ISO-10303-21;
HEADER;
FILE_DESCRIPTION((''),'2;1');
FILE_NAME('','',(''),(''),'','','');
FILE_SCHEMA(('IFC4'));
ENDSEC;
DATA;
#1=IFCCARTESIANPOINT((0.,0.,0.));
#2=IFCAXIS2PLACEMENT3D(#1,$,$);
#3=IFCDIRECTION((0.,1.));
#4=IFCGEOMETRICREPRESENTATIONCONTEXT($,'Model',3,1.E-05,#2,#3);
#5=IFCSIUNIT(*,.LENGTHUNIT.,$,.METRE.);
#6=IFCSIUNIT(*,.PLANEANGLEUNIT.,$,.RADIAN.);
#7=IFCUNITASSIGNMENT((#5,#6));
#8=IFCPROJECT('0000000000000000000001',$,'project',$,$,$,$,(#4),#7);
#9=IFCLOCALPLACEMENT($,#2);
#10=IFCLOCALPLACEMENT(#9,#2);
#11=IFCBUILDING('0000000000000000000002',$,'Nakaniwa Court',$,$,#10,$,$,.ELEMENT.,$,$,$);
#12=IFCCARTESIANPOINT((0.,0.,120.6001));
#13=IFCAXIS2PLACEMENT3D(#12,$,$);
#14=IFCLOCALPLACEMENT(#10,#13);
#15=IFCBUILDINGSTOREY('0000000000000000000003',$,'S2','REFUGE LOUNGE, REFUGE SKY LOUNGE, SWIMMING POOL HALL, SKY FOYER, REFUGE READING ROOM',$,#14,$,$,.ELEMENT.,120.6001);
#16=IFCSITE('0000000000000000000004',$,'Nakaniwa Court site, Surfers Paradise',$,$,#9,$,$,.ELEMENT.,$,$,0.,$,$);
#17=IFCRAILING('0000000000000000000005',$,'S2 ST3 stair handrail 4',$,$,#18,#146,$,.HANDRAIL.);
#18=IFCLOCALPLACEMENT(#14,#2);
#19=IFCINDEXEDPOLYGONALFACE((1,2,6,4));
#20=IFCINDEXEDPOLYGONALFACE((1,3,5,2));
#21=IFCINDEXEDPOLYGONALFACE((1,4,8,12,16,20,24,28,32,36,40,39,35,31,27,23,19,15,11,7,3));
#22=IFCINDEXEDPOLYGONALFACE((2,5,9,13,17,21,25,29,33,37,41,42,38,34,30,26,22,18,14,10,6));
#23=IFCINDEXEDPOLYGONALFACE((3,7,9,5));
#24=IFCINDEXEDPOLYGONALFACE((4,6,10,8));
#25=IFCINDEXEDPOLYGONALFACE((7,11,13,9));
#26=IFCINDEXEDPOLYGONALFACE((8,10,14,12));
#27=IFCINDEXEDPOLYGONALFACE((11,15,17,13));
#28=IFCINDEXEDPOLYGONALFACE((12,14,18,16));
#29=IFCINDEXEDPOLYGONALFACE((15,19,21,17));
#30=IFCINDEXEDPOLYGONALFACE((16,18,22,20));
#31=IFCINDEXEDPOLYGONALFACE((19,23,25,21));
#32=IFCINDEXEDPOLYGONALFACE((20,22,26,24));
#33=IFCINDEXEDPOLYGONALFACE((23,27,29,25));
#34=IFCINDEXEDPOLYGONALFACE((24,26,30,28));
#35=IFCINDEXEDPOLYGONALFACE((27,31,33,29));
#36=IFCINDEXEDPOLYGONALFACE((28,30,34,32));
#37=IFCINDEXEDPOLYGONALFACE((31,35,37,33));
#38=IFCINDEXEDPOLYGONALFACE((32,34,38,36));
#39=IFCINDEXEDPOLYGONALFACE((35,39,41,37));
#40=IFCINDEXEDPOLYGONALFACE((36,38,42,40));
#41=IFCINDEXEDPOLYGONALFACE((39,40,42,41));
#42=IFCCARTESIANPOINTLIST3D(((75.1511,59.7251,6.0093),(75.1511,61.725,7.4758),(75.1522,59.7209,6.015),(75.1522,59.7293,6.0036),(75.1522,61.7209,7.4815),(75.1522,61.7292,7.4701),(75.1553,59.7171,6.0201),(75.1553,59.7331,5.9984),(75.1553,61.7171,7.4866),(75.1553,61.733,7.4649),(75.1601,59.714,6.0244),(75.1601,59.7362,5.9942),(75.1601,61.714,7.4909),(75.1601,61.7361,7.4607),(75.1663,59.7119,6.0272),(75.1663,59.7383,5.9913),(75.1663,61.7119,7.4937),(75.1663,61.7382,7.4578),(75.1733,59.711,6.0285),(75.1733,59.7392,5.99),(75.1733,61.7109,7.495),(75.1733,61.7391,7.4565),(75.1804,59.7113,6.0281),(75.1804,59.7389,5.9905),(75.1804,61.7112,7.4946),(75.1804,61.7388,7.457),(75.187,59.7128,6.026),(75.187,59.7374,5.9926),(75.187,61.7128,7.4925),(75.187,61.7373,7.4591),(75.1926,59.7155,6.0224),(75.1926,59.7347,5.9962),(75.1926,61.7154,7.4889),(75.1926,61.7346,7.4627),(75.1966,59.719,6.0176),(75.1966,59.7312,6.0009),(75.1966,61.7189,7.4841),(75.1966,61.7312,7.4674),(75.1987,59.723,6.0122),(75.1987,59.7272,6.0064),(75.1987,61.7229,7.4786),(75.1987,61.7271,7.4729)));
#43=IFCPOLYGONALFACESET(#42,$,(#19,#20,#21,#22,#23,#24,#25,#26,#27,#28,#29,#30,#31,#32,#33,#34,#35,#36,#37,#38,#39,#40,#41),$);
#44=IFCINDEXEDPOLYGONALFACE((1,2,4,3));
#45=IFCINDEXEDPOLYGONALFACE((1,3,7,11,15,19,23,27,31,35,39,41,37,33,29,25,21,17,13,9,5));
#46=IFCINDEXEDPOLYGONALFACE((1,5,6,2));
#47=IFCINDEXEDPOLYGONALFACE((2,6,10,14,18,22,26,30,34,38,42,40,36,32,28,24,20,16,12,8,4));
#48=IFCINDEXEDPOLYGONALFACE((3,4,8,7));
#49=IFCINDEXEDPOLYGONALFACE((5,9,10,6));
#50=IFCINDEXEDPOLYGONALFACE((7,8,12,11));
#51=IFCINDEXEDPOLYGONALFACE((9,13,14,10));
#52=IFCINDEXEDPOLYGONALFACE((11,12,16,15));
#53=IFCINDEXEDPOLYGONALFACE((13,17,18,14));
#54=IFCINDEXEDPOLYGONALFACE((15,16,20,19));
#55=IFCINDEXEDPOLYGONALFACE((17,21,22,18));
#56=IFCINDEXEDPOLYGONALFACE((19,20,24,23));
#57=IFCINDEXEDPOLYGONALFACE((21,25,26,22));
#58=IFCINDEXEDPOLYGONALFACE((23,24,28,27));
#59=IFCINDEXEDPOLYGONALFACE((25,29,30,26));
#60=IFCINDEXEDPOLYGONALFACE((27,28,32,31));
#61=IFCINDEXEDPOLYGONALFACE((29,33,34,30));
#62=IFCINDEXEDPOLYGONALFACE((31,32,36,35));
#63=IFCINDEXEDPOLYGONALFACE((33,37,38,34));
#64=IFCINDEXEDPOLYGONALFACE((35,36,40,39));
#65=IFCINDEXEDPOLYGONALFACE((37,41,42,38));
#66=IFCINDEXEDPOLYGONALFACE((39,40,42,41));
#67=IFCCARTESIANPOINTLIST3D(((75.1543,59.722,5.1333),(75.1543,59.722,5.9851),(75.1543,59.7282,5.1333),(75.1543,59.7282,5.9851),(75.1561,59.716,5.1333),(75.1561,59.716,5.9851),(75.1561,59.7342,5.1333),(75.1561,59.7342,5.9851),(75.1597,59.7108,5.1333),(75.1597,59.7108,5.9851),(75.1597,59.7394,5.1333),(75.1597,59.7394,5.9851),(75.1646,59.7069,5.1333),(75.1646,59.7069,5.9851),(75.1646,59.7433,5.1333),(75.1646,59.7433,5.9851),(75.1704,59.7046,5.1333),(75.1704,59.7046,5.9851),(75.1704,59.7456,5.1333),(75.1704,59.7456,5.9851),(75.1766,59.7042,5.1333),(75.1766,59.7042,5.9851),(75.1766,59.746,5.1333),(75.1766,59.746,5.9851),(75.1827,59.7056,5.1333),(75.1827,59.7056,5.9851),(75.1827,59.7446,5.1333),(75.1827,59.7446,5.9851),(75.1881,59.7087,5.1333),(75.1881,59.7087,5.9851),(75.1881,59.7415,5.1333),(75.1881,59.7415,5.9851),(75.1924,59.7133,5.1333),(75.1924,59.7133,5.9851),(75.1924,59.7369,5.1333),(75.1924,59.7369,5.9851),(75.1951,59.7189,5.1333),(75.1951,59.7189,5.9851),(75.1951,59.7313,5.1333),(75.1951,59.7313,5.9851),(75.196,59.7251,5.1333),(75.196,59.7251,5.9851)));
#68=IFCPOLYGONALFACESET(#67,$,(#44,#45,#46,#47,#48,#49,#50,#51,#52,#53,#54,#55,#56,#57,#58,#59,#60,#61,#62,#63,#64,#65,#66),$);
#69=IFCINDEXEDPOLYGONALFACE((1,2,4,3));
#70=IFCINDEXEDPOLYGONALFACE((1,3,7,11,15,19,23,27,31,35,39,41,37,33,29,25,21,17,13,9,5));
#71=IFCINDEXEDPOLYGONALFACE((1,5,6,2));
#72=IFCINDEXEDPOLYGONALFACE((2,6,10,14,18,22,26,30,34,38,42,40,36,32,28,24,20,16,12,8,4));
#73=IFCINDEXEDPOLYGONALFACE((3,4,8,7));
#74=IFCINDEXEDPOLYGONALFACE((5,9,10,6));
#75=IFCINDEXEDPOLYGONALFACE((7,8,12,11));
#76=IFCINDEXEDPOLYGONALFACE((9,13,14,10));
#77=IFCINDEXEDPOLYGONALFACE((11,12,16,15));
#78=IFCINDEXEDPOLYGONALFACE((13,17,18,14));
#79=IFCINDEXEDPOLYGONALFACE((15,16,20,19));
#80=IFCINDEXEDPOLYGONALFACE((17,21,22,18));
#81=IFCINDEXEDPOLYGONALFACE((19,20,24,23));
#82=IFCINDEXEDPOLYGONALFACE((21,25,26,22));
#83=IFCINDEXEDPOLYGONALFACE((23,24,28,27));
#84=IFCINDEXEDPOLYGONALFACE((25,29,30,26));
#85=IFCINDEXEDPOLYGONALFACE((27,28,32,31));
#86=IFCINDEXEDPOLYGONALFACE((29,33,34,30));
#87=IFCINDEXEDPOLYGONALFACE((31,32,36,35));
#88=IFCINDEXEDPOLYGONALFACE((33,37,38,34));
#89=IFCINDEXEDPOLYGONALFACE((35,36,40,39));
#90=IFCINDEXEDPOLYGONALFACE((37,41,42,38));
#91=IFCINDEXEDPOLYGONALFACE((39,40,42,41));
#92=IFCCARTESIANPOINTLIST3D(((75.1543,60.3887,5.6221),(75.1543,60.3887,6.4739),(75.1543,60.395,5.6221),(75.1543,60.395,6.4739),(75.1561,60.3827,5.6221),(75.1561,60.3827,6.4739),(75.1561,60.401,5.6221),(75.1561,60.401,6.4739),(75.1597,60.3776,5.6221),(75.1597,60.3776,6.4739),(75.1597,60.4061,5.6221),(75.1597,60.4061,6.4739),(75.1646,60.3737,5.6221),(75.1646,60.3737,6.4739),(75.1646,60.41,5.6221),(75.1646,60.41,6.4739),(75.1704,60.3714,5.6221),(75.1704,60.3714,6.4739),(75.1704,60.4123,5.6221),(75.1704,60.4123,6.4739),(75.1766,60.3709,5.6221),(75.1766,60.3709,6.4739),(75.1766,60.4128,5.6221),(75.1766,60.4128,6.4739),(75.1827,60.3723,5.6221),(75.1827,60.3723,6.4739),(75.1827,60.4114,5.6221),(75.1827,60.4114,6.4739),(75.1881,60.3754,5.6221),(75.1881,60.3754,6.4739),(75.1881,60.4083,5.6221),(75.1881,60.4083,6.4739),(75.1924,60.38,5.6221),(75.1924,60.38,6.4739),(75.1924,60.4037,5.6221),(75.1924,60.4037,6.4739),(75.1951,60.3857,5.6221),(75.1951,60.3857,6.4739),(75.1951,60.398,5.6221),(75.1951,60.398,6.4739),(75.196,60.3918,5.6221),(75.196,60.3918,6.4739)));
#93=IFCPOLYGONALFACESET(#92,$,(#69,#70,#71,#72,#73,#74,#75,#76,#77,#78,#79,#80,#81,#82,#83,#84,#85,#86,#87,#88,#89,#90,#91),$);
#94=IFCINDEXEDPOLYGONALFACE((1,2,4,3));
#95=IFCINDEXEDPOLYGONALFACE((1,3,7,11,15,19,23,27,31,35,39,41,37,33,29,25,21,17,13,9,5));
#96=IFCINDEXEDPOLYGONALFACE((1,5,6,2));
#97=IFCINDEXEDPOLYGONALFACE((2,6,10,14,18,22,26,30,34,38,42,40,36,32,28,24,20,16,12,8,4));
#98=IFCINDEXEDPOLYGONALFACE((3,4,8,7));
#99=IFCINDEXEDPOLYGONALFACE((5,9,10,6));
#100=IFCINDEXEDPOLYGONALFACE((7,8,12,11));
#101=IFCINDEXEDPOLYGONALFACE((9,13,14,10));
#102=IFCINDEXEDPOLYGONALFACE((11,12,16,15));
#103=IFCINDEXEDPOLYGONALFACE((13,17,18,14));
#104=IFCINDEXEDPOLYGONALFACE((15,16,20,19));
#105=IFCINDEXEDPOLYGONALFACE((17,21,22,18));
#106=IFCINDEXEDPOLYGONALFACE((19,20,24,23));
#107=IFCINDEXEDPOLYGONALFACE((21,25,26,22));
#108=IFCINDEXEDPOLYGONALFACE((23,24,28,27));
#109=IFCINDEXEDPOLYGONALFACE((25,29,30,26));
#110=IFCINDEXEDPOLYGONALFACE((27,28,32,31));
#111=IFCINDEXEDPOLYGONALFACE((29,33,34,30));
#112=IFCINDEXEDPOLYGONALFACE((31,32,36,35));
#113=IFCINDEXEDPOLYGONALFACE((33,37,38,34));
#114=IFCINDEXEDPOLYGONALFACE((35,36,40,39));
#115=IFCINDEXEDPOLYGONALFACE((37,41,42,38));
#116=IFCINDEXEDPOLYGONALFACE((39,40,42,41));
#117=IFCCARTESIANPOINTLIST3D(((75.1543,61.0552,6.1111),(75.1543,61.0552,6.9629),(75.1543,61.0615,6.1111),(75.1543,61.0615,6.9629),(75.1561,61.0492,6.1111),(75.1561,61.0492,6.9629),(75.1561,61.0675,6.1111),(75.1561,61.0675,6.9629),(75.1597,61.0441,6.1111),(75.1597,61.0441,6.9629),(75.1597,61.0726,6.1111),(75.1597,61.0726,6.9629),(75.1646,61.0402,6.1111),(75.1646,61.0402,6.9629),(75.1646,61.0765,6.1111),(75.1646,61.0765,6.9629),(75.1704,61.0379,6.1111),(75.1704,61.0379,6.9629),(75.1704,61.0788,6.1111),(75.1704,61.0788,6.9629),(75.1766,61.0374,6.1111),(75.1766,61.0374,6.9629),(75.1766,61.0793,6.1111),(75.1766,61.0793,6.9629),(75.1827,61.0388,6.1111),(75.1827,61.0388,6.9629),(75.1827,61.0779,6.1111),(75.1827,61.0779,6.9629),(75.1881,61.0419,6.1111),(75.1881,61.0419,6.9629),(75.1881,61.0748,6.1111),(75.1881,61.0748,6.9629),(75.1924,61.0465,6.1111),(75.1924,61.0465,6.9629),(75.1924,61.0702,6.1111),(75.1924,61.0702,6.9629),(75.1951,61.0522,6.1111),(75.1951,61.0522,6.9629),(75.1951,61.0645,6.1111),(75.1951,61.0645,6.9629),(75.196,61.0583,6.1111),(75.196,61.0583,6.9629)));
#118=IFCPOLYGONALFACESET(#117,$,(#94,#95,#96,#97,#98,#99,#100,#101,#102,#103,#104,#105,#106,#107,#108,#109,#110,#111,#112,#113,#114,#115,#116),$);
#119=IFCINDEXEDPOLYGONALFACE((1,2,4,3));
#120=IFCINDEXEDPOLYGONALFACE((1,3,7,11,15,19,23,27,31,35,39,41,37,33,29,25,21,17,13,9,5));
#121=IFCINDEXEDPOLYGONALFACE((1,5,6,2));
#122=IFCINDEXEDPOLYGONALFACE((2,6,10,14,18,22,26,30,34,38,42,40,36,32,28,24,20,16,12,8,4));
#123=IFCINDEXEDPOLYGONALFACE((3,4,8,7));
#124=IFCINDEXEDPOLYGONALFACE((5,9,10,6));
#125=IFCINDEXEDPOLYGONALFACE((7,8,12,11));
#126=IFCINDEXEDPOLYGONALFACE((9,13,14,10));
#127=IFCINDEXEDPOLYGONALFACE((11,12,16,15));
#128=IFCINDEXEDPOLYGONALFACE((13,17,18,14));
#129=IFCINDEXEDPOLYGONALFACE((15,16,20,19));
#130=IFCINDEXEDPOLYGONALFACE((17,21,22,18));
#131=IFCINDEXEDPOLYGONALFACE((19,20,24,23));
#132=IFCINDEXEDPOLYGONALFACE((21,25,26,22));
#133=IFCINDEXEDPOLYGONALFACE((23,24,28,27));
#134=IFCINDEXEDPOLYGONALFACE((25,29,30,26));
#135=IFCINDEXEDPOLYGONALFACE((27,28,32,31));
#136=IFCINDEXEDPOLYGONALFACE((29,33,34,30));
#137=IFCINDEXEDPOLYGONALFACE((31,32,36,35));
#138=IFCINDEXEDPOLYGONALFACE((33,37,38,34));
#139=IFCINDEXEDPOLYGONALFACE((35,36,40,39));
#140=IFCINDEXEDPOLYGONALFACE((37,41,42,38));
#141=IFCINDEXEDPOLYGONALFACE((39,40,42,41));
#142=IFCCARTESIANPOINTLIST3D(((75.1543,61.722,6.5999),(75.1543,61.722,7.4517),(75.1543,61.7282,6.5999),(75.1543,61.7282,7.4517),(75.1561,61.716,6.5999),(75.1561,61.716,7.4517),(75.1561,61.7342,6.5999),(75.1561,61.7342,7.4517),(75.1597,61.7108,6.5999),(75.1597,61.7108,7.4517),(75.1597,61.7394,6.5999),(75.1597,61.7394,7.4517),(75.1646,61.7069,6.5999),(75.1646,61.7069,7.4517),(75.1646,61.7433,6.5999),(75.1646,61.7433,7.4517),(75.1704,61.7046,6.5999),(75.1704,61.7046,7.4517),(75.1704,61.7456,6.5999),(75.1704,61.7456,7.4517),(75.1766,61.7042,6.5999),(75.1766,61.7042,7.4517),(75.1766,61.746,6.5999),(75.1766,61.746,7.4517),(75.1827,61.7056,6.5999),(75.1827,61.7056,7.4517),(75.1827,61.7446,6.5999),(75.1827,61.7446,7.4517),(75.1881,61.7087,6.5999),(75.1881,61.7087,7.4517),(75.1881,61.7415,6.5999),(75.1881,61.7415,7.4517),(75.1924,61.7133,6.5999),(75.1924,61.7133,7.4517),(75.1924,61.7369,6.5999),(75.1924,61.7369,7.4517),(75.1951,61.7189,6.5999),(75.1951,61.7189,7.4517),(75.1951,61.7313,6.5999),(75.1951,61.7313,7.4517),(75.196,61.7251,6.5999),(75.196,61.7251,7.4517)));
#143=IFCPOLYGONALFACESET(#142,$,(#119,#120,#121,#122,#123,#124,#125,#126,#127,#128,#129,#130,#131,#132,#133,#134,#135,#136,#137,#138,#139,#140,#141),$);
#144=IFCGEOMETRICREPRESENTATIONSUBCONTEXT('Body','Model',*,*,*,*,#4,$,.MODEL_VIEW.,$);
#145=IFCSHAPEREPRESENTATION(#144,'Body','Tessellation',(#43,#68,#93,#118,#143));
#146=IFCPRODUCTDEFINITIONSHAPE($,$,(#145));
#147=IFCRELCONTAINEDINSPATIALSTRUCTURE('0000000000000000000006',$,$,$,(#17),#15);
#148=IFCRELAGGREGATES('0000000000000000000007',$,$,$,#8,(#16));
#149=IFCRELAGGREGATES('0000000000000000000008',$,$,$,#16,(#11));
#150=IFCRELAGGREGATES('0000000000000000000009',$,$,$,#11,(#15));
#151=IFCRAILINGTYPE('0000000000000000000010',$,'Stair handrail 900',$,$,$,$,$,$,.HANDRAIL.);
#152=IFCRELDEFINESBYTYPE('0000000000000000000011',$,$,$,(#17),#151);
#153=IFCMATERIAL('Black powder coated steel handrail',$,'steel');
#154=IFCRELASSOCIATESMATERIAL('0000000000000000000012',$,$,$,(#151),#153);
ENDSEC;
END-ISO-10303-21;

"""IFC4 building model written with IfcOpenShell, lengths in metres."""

from ifc_helpers import new_model, si_unit, direction, frame, origin, origin_2d, place, context, subcontext, project, spatial, circle, extrude, material, type_object, element, save


model = new_model("IFC4")

# Units and contexts
model_context = context("Model", 3, precision=1e-05, world=origin(), true_north=direction((0.0, 1.0)))
body_context = subcontext(model_context, "Body", "Model", "MODEL_VIEW")
ifc_project = project(units=[si_unit("LENGTHUNIT", "METRE"), si_unit("PLANEANGLEUNIT", "RADIAN")], contexts=[model_context])

# Site, building, storey
site_placement = place(None, origin())
site = spatial("IfcSite", under=ifc_project, at=site_placement, Name="Nakaniwa Court site, Surfers Paradise", CompositionType="ELEMENT", RefElevation=0.0)
building_placement = place(site_placement, origin())
building = spatial("IfcBuilding", under=site, at=building_placement, Name="Nakaniwa Court", CompositionType="ELEMENT")
storey_placement = place(building_placement, frame((0.0, 0.0, 120.6001)))
storey = spatial("IfcBuildingStorey", under=building, at=storey_placement, Name="S2", Description="REFUGE LOUNGE, REFUGE SKY LOUNGE, SWIMMING POOL HALL, SKY FOYER, REFUGE READING ROOM", CompositionType="ELEMENT", Elevation=120.6001)

# Railing
ifc_material_1 = material(Name="Black powder coated steel handrail", Category="steel")
railing_type_1 = type_object("IfcRailingType", Name="Stair handrail 900", PredefinedType="HANDRAIL", material=ifc_material_1)
for number, where, name in (
    (1, (75.175, 59.7251, 5.1333), "S2 ST3 stair handrail 4"),
):
    element("IfcRailing", number, at=place(storey_placement, frame(where)), inside=storey, type_object=railing_type_1, Name=name, PredefinedType="HANDRAIL", context=body_context, shape_type="SweptSolid", body=[
        extrude(circle(Radius=0.0239, at=origin_2d()), frame((0.0, 0.0, 0.876), z_axis=(0.0, 0.806427, 0.591334), x_axis=(-1.0, 0.0, 0.0)), (0.0, 0.0, 1.0), 2.48),
        extrude(circle(Radius=0.021, at=origin_2d()), origin(), (0.0, 0.0, 1.0), 0.8518),
        extrude(circle(Radius=0.021, at=origin_2d()), frame((0.0, 0.6667, 0.4888)), (0.0, 0.0, 1.0), 0.8518),
        extrude(circle(Radius=0.021, at=origin_2d()), frame((0.0, 1.3333, 0.9778)), (0.0, 0.0, 1.0), 0.8518),
        extrude(circle(Radius=0.021, at=origin_2d()), frame((0.0, 2.0, 1.4666)), (0.0, 0.0, 1.0), 0.8518),
    ])

save(model, "model.ifc")
